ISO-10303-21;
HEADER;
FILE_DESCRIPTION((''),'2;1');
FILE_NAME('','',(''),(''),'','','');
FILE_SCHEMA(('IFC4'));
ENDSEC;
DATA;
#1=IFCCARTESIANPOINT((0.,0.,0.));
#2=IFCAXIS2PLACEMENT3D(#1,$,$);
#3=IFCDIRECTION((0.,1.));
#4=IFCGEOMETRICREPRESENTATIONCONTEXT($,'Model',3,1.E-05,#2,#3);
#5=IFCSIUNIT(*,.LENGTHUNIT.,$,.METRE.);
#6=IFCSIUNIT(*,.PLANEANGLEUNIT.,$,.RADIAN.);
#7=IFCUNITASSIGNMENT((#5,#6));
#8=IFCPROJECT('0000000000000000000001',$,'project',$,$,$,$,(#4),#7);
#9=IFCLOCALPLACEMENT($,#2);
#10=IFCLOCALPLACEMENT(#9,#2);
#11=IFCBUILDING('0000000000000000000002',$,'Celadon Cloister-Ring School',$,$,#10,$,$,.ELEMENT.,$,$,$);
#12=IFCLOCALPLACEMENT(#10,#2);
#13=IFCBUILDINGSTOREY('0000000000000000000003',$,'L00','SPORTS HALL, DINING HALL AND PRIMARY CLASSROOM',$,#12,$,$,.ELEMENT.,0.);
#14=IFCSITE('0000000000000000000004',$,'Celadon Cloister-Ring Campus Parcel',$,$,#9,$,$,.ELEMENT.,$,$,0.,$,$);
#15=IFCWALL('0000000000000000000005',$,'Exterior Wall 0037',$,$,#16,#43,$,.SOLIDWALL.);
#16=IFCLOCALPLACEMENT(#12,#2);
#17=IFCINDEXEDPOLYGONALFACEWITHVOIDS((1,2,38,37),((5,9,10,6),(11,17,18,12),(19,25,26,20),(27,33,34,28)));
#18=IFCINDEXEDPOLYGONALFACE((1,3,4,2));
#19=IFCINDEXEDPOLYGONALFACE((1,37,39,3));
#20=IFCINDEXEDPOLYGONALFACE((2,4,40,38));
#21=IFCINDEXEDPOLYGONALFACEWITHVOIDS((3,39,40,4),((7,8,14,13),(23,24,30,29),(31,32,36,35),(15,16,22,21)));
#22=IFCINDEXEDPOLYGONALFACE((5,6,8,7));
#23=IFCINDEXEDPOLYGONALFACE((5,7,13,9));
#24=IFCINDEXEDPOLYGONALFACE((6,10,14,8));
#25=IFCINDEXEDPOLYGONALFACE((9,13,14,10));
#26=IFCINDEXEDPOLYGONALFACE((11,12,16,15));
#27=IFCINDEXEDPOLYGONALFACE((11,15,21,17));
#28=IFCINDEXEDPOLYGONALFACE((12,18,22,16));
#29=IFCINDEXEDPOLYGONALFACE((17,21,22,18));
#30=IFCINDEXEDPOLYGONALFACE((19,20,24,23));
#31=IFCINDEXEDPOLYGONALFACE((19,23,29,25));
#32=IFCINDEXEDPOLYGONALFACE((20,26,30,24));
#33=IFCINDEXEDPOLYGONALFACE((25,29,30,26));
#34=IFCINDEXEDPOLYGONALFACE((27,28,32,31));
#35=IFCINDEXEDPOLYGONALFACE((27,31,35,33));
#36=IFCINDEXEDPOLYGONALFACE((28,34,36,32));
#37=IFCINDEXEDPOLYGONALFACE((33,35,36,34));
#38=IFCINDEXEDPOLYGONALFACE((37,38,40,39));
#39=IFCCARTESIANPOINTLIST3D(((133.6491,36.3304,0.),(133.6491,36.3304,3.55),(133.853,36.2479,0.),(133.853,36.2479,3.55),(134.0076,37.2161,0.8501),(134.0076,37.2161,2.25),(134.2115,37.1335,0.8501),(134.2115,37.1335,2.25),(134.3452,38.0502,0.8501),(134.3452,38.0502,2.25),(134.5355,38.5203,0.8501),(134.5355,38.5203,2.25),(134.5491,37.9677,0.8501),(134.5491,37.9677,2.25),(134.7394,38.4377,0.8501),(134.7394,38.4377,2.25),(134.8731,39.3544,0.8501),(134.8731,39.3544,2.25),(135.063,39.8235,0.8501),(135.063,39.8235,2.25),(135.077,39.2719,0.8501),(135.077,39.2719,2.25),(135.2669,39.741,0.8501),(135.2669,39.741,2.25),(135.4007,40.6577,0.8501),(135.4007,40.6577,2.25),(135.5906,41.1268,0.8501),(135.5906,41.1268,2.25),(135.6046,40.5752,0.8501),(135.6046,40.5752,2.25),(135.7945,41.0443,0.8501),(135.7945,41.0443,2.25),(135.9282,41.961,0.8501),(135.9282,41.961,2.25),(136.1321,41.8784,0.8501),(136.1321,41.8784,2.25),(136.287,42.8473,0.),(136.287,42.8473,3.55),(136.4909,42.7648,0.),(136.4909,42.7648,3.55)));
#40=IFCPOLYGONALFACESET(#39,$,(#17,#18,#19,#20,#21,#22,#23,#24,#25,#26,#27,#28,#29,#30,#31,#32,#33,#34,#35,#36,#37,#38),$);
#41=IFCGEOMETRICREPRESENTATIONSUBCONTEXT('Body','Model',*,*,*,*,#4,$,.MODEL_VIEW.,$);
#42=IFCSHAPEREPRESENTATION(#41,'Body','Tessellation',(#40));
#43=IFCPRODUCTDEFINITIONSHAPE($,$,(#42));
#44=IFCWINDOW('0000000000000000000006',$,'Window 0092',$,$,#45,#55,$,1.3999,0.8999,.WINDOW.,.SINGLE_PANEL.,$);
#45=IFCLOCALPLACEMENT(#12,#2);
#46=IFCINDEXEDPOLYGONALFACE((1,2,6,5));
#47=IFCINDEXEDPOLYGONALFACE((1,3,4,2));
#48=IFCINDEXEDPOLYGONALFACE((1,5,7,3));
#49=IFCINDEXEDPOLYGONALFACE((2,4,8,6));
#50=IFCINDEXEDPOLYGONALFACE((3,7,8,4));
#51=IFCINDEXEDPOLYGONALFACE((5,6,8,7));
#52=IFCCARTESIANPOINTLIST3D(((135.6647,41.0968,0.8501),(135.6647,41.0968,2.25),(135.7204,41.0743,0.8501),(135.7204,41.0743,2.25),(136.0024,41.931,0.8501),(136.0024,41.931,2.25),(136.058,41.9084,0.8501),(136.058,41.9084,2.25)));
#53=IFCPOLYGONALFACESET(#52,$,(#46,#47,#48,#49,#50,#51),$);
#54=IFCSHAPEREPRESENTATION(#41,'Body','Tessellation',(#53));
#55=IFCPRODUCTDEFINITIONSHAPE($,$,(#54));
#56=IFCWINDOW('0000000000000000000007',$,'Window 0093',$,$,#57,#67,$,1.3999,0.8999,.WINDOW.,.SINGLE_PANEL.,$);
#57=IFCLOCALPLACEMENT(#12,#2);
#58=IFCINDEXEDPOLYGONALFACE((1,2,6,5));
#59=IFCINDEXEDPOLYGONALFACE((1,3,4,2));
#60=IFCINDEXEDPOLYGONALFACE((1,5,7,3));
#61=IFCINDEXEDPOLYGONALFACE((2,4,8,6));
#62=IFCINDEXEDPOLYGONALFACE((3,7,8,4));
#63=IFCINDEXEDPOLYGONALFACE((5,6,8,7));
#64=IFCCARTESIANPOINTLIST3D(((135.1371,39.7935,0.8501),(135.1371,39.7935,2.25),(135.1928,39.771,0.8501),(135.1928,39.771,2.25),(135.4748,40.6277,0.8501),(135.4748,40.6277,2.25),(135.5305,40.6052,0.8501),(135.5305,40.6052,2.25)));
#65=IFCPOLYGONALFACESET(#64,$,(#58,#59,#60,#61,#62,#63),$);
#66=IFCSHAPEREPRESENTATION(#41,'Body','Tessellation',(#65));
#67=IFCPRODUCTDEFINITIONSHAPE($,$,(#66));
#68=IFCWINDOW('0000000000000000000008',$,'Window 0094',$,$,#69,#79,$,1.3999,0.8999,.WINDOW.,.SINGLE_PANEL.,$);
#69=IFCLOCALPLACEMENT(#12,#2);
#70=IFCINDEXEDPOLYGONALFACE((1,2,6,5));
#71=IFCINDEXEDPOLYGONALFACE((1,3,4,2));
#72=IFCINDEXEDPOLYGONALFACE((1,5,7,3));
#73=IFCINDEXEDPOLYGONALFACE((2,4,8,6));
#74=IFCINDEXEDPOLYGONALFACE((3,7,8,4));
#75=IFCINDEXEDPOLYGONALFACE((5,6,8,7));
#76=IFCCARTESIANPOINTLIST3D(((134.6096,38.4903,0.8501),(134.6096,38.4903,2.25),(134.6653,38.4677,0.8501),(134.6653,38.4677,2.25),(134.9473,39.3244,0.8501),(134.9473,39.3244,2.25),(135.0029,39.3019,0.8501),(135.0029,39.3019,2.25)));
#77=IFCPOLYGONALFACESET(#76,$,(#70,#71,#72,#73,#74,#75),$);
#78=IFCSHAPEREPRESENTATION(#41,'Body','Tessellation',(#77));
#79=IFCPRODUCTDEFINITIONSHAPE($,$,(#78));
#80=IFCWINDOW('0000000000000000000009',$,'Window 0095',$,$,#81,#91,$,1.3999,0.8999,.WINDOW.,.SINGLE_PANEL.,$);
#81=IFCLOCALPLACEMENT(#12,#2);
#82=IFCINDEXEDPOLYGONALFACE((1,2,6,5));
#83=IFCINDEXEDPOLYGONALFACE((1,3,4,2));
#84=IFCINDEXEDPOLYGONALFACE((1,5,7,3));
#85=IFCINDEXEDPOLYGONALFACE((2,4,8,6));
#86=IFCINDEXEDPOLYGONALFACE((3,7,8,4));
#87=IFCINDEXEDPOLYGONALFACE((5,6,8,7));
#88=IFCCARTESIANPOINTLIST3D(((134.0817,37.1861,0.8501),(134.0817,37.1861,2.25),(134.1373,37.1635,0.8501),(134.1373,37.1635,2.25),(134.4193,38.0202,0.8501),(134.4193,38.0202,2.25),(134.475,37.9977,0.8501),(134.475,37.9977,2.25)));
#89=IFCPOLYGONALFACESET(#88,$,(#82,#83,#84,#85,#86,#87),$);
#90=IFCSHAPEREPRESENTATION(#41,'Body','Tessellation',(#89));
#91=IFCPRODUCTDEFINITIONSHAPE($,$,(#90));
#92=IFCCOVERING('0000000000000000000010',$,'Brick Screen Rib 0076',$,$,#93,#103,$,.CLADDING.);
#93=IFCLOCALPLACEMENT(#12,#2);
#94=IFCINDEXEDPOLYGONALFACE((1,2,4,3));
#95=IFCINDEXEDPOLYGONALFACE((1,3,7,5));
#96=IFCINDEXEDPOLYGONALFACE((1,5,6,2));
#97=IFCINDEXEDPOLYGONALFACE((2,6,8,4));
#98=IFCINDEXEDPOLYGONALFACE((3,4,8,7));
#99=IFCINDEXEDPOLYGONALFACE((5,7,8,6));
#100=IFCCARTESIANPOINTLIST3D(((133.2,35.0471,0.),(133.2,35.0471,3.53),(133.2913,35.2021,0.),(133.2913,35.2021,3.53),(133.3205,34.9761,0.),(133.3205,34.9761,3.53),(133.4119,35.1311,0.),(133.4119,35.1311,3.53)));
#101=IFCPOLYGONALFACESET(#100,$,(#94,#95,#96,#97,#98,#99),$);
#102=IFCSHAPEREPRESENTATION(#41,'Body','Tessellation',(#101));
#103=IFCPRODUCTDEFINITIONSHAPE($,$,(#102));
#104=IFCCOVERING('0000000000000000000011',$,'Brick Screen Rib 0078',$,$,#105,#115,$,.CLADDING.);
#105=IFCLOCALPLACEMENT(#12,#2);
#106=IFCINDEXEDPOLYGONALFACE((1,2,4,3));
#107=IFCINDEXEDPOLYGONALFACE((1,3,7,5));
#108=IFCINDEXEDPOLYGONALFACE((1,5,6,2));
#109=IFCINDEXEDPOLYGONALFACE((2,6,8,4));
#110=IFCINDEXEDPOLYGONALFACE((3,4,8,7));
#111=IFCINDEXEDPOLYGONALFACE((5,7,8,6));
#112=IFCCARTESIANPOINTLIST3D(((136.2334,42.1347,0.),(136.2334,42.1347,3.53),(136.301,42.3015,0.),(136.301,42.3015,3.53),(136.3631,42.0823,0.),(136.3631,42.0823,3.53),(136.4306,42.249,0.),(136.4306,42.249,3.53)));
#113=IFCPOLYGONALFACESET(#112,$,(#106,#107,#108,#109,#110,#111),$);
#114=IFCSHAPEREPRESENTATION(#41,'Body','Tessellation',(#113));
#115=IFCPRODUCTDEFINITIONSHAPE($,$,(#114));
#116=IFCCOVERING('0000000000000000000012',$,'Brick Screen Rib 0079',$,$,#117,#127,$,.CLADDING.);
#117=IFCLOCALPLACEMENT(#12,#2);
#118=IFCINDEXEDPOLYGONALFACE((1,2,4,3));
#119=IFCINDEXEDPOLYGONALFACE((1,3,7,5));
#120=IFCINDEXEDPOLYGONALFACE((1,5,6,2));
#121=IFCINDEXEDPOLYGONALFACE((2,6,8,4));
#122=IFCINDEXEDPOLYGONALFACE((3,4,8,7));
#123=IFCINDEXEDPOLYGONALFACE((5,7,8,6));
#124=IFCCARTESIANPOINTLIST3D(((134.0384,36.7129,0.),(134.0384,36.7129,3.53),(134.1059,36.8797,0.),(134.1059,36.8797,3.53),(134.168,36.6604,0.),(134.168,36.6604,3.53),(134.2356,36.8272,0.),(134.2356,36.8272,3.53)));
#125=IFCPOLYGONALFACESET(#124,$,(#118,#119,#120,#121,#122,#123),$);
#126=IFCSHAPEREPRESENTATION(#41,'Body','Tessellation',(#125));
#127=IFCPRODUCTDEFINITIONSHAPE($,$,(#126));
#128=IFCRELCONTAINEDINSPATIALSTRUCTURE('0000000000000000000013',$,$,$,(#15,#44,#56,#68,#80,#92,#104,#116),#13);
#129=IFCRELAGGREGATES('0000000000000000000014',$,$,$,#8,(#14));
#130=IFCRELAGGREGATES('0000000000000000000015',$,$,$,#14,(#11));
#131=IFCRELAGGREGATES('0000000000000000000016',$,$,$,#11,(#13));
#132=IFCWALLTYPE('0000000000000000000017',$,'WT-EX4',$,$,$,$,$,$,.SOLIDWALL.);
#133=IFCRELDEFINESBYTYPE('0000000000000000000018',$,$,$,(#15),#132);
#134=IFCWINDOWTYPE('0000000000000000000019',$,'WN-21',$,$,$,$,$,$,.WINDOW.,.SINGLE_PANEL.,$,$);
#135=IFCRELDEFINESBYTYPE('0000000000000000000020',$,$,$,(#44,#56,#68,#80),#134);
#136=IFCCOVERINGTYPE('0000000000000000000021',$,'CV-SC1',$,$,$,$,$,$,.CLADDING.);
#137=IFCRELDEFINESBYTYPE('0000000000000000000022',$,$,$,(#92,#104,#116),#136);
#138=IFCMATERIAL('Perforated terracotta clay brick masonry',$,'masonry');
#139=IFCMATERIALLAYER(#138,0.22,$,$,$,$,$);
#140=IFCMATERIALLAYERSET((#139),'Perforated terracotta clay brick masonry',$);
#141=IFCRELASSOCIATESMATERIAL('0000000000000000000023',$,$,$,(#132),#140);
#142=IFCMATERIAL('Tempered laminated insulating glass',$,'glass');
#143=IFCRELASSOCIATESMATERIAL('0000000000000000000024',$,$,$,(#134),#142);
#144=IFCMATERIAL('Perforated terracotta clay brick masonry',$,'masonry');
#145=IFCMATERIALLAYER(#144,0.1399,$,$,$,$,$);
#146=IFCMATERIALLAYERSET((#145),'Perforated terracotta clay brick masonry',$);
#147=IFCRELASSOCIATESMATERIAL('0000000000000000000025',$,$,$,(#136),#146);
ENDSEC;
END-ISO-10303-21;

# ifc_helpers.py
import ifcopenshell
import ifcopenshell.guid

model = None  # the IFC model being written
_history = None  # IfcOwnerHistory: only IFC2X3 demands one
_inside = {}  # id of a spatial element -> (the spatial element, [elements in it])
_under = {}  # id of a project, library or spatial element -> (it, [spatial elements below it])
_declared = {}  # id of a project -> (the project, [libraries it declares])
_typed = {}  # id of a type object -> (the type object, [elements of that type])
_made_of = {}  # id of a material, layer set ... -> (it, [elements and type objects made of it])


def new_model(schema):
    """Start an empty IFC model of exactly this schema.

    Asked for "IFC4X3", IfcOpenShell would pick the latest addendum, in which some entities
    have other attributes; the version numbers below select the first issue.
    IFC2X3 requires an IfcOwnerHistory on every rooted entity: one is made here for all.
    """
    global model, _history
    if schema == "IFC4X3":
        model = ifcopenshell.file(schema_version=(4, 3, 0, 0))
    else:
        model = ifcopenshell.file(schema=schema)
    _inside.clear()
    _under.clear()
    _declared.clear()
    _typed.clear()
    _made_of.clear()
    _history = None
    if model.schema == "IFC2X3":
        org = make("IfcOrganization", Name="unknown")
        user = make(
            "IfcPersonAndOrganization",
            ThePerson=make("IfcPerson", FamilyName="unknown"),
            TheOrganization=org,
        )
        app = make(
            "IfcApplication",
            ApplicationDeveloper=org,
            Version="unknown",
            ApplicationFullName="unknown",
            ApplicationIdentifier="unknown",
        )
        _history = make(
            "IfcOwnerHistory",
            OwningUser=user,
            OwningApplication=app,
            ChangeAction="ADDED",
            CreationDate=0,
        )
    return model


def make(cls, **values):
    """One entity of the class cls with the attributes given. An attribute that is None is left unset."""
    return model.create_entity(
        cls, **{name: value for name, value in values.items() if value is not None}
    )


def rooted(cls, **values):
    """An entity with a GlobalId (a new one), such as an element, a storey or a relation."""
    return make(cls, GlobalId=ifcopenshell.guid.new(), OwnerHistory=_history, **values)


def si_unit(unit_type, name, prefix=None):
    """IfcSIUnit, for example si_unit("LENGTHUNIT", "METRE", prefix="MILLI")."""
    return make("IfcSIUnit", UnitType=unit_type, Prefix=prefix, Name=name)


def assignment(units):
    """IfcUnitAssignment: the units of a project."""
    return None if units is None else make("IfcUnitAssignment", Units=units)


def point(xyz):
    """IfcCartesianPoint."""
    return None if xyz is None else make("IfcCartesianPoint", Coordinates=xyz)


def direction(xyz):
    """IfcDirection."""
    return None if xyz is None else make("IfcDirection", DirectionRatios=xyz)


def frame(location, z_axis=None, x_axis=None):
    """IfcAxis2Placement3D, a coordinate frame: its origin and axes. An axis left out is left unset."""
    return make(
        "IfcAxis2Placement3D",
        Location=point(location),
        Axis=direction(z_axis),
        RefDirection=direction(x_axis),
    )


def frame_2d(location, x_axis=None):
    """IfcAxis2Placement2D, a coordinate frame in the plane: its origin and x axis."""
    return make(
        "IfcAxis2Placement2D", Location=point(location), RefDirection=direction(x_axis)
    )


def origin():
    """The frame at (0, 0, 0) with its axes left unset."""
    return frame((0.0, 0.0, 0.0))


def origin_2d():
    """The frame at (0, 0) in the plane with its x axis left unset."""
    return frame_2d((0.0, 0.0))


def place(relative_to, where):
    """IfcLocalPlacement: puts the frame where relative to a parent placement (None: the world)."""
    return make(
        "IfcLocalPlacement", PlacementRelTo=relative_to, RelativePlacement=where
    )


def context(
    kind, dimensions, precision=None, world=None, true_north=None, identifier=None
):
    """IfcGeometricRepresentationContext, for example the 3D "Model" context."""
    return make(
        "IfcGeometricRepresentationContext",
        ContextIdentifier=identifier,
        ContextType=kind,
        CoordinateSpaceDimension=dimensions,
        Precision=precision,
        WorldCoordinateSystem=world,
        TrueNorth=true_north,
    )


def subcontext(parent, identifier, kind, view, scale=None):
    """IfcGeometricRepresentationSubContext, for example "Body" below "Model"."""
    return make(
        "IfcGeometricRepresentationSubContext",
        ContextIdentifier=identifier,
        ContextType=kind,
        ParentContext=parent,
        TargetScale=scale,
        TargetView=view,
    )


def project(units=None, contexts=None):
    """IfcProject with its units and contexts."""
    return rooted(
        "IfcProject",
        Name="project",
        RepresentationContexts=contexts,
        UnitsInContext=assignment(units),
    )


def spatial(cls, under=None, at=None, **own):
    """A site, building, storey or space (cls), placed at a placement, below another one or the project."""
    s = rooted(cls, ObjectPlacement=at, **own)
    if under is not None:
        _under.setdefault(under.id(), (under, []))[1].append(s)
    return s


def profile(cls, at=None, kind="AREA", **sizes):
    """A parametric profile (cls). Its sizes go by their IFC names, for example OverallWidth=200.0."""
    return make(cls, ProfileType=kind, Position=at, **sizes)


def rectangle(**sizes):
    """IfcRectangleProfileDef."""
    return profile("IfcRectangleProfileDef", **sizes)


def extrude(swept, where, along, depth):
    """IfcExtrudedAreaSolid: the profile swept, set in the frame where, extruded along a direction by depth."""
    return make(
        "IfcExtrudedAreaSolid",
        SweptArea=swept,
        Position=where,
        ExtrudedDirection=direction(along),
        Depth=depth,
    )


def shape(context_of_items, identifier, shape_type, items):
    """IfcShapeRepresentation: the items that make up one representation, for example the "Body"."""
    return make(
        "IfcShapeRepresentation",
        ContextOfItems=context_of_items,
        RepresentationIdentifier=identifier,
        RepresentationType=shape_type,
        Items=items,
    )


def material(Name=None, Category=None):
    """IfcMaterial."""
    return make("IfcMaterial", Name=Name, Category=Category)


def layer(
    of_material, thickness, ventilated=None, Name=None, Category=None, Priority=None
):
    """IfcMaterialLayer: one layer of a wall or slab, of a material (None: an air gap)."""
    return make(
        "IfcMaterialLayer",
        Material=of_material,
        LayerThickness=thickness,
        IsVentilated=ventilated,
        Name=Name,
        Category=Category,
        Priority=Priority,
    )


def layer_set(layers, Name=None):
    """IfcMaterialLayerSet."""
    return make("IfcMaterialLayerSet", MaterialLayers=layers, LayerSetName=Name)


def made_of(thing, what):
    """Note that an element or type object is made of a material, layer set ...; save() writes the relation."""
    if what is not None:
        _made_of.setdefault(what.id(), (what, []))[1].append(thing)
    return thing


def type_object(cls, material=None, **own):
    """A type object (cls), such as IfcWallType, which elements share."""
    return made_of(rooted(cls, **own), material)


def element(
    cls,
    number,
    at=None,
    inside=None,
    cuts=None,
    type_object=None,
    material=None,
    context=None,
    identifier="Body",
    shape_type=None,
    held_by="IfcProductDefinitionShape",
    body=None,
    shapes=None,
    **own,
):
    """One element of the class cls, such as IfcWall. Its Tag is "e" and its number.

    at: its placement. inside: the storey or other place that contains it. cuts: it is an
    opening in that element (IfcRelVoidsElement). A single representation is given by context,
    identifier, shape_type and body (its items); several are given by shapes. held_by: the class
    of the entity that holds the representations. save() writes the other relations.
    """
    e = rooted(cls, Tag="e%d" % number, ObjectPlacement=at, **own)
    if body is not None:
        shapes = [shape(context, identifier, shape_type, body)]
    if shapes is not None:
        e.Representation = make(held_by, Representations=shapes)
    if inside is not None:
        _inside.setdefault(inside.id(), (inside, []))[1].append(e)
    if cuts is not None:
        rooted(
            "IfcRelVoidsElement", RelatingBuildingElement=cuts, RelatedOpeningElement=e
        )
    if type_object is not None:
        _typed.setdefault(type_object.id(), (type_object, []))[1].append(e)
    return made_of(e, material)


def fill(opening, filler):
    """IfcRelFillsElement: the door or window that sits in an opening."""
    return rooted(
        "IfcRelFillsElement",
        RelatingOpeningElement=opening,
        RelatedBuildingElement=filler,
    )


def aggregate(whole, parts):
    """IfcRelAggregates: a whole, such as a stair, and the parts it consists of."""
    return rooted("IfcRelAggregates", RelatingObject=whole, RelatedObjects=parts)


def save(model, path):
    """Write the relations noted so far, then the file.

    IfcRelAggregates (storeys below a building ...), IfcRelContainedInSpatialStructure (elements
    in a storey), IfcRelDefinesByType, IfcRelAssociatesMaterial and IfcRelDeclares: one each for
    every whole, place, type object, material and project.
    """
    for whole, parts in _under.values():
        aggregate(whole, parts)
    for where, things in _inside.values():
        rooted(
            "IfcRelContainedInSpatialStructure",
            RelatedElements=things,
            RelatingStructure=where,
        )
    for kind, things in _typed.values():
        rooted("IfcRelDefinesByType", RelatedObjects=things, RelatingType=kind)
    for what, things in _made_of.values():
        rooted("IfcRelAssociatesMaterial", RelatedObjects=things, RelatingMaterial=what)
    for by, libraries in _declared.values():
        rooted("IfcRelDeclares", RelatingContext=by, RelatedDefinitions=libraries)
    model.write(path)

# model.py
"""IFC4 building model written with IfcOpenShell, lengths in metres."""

from ifc_helpers import new_model, si_unit, direction, frame, frame_2d, origin, origin_2d, place, context, subcontext, project, spatial, rectangle, extrude, material, layer, layer_set, type_object, element, fill, save


model = new_model("IFC4")

# Units and contexts
model_context = context("Model", 3, precision=1e-05, world=origin(), true_north=direction((0.0, 1.0)))
body_context = subcontext(model_context, "Body", "Model", "MODEL_VIEW")
ifc_project = project(units=[si_unit("LENGTHUNIT", "METRE"), si_unit("PLANEANGLEUNIT", "RADIAN")], contexts=[model_context])

# Site, building, storey
site_placement = place(None, origin())
site = spatial("IfcSite", under=ifc_project, at=site_placement, Name="Celadon Cloister-Ring Campus Parcel", CompositionType="ELEMENT", RefElevation=0.0)
building_placement = place(site_placement, origin())
building = spatial("IfcBuilding", under=site, at=building_placement, Name="Celadon Cloister-Ring School", CompositionType="ELEMENT")
storey_placement = place(building_placement, origin())
storey = spatial("IfcBuildingStorey", under=building, at=storey_placement, Name="L00", Description="SPORTS HALL, DINING HALL AND PRIMARY CLASSROOM", CompositionType="ELEMENT", Elevation=0.0)

# Wall, openings, windows
ifc_material_1 = material(Name="Perforated terracotta clay brick masonry", Category="masonry")
ifc_layer_1 = layer(ifc_material_1, 0.22)
ifc_layer_set_1 = layer_set([ifc_layer_1], Name="Perforated terracotta clay brick masonry")
wall_type_1 = type_object("IfcWallType", Name="WT-EX4", PredefinedType="SOLIDWALL", material=ifc_layer_set_1)
ifc_material_2 = material(Name="Tempered laminated insulating glass", Category="glass")
window_type_1 = type_object("IfcWindowType", Name="WN-21", PartitioningType="SINGLE_PANEL", PredefinedType="WINDOW", material=ifc_material_2)
wall_1_placement = place(storey_placement, frame((136.3889, 42.8059, 0.0), z_axis=(0.0, 0.0, 1.0), x_axis=(-0.375213, -0.926938, 0.0)))
wall_1 = element("IfcWall", 1, at=wall_1_placement, inside=storey, type_object=wall_type_1, Name="Exterior Wall 0037", PredefinedType="SOLIDWALL", context=body_context, shape_type="SweptSolid", body=[
    extrude(rectangle(XDim=7.0305, YDim=0.22, at=frame_2d((3.5151, 0.0))), origin(), (0.0, 0.0, 1.0), 3.55),
])
opening_1_placement = place(wall_1_placement, frame((0.9561, 0.0, 0.8501)))
opening_1 = element("IfcOpeningElement", 2, at=opening_1_placement, cuts=wall_1, PredefinedType="OPENING", context=body_context, shape_type="SweptSolid", body=[
    extrude(rectangle(XDim=0.8999, YDim=1.3999, at=frame_2d((0.45, 0.7))), frame((0.0, 0.1201, 0.0), z_axis=(0.0, -1.0, 0.0), x_axis=(1.0, 0.0, 0.0)), (0.0, 0.0, 1.0), 0.24),
])
opening_2_placement = place(wall_1_placement, frame((2.3621, 0.0, 0.8501)))
opening_2 = element("IfcOpeningElement", 3, at=opening_2_placement, cuts=wall_1, PredefinedType="OPENING", context=body_context, shape_type="SweptSolid", body=[
    extrude(rectangle(XDim=0.8999, YDim=1.3999, at=frame_2d((0.45, 0.7))), frame((0.0, 0.1201, 0.0), z_axis=(0.0, -1.0, 0.0), x_axis=(1.0, 0.0, 0.0)), (0.0, 0.0, 1.0), 0.24),
])
opening_3_placement = place(wall_1_placement, frame((3.7681, 0.0, 0.8501)))
opening_3 = element("IfcOpeningElement", 4, at=opening_3_placement, cuts=wall_1, PredefinedType="OPENING", context=body_context, shape_type="SweptSolid", body=[
    extrude(rectangle(XDim=0.8999, YDim=1.3999, at=frame_2d((0.45, 0.7))), frame((0.0, 0.1201, 0.0), z_axis=(0.0, -1.0, 0.0), x_axis=(1.0, 0.0, 0.0)), (0.0, 0.0, 1.0), 0.24),
])
opening_4_placement = place(wall_1_placement, frame((5.175, 0.0, 0.8501)))
opening_4 = element("IfcOpeningElement", 5, at=opening_4_placement, cuts=wall_1, PredefinedType="OPENING", context=body_context, shape_type="SweptSolid", body=[
    extrude(rectangle(XDim=0.8999, YDim=1.3999, at=frame_2d((0.45, 0.7))), frame((0.0, 0.1201, 0.0), z_axis=(0.0, -1.0, 0.0), x_axis=(1.0, 0.0, 0.0)), (0.0, 0.0, 1.0), 0.24),
])
window_1_placement = place(opening_1_placement, origin())
window_1 = element("IfcWindow", 6, at=window_1_placement, inside=storey, type_object=window_type_1, Name="Window 0092", OverallHeight=1.3999, OverallWidth=0.8999, PartitioningType="SINGLE_PANEL", PredefinedType="WINDOW", context=body_context, shape_type="SweptSolid", body=[
    extrude(rectangle(XDim=0.8999, YDim=1.3999, at=frame_2d((0.45, 0.7))), frame((0.0, 0.03, 0.0), z_axis=(0.0, -1.0, 0.0), x_axis=(1.0, 0.0, 0.0)), (0.0, 0.0, 1.0), 0.0601),
])
fill(opening_1, window_1)
window_2_placement = place(opening_2_placement, origin())
window_2 = element("IfcWindow", 7, at=window_2_placement, inside=storey, type_object=window_type_1, Name="Window 0093", OverallHeight=1.3999, OverallWidth=0.8999, PartitioningType="SINGLE_PANEL", PredefinedType="WINDOW", context=body_context, shape_type="SweptSolid", body=[
    extrude(rectangle(XDim=0.8999, YDim=1.3999, at=frame_2d((0.45, 0.7))), frame((0.0, 0.03, 0.0), z_axis=(0.0, -1.0, 0.0), x_axis=(1.0, 0.0, 0.0)), (0.0, 0.0, 1.0), 0.0601),
])
fill(opening_2, window_2)
window_3_placement = place(opening_3_placement, origin())
window_3 = element("IfcWindow", 8, at=window_3_placement, inside=storey, type_object=window_type_1, Name="Window 0094", OverallHeight=1.3999, OverallWidth=0.8999, PartitioningType="SINGLE_PANEL", PredefinedType="WINDOW", context=body_context, shape_type="SweptSolid", body=[
    extrude(rectangle(XDim=0.8999, YDim=1.3999, at=frame_2d((0.45, 0.7))), frame((0.0, 0.03, 0.0), z_axis=(0.0, -1.0, 0.0), x_axis=(1.0, 0.0, 0.0)), (0.0, 0.0, 1.0), 0.0601),
])
fill(opening_3, window_3)
window_4_placement = place(opening_4_placement, origin())
window_4 = element("IfcWindow", 9, at=window_4_placement, inside=storey, type_object=window_type_1, Name="Window 0095", OverallHeight=1.3999, OverallWidth=0.8999, PartitioningType="SINGLE_PANEL", PredefinedType="WINDOW", context=body_context, shape_type="SweptSolid", body=[
    extrude(rectangle(XDim=0.8999, YDim=1.3999, at=frame_2d((0.45, 0.7))), frame((0.0, 0.03, 0.0), z_axis=(0.0, -1.0, 0.0), x_axis=(1.0, 0.0, 0.0)), (0.0, 0.0, 1.0), 0.0601),
])
fill(opening_4, window_4)

# Coverings
ifc_material_3 = material(Name="Perforated terracotta clay brick masonry", Category="masonry")
ifc_layer_2 = layer(ifc_material_3, 0.1399)
ifc_layer_set_2 = layer_set([ifc_layer_2], Name="Perforated terracotta clay brick masonry")
covering_type = type_object("IfcCoveringType", Name="CV-SC1", PredefinedType="CLADDING", material=ifc_layer_set_2)
for number, where, z_axis, x_axis, name in (
    (10, (133.3059, 35.0891, 0.0), (0.0, 0.0, 1.0), (-0.507809, -0.86147, 0.0), "Brick Screen Rib 0076"),
    (11, (136.332, 42.1919, 0.0), (0.0, 0.0, 1.0), (-0.375205, -0.926942, 0.0), "Brick Screen Rib 0078"),
    (12, (134.137, 36.77, 0.0), (0.0, 0.0, 1.0), (-0.375205, -0.926942, 0.0), "Brick Screen Rib 0079"),
):
    element("IfcCovering", number, at=place(storey_placement, frame(where, z_axis=z_axis, x_axis=x_axis)), inside=storey, type_object=covering_type, Name=name, PredefinedType="CLADDING", context=body_context, shape_type="SweptSolid", body=[
        extrude(rectangle(XDim=0.1799, YDim=0.1399, at=origin_2d()), origin(), (0.0, 0.0, 1.0), 3.53),
    ])

save(model, "model.ifc")
